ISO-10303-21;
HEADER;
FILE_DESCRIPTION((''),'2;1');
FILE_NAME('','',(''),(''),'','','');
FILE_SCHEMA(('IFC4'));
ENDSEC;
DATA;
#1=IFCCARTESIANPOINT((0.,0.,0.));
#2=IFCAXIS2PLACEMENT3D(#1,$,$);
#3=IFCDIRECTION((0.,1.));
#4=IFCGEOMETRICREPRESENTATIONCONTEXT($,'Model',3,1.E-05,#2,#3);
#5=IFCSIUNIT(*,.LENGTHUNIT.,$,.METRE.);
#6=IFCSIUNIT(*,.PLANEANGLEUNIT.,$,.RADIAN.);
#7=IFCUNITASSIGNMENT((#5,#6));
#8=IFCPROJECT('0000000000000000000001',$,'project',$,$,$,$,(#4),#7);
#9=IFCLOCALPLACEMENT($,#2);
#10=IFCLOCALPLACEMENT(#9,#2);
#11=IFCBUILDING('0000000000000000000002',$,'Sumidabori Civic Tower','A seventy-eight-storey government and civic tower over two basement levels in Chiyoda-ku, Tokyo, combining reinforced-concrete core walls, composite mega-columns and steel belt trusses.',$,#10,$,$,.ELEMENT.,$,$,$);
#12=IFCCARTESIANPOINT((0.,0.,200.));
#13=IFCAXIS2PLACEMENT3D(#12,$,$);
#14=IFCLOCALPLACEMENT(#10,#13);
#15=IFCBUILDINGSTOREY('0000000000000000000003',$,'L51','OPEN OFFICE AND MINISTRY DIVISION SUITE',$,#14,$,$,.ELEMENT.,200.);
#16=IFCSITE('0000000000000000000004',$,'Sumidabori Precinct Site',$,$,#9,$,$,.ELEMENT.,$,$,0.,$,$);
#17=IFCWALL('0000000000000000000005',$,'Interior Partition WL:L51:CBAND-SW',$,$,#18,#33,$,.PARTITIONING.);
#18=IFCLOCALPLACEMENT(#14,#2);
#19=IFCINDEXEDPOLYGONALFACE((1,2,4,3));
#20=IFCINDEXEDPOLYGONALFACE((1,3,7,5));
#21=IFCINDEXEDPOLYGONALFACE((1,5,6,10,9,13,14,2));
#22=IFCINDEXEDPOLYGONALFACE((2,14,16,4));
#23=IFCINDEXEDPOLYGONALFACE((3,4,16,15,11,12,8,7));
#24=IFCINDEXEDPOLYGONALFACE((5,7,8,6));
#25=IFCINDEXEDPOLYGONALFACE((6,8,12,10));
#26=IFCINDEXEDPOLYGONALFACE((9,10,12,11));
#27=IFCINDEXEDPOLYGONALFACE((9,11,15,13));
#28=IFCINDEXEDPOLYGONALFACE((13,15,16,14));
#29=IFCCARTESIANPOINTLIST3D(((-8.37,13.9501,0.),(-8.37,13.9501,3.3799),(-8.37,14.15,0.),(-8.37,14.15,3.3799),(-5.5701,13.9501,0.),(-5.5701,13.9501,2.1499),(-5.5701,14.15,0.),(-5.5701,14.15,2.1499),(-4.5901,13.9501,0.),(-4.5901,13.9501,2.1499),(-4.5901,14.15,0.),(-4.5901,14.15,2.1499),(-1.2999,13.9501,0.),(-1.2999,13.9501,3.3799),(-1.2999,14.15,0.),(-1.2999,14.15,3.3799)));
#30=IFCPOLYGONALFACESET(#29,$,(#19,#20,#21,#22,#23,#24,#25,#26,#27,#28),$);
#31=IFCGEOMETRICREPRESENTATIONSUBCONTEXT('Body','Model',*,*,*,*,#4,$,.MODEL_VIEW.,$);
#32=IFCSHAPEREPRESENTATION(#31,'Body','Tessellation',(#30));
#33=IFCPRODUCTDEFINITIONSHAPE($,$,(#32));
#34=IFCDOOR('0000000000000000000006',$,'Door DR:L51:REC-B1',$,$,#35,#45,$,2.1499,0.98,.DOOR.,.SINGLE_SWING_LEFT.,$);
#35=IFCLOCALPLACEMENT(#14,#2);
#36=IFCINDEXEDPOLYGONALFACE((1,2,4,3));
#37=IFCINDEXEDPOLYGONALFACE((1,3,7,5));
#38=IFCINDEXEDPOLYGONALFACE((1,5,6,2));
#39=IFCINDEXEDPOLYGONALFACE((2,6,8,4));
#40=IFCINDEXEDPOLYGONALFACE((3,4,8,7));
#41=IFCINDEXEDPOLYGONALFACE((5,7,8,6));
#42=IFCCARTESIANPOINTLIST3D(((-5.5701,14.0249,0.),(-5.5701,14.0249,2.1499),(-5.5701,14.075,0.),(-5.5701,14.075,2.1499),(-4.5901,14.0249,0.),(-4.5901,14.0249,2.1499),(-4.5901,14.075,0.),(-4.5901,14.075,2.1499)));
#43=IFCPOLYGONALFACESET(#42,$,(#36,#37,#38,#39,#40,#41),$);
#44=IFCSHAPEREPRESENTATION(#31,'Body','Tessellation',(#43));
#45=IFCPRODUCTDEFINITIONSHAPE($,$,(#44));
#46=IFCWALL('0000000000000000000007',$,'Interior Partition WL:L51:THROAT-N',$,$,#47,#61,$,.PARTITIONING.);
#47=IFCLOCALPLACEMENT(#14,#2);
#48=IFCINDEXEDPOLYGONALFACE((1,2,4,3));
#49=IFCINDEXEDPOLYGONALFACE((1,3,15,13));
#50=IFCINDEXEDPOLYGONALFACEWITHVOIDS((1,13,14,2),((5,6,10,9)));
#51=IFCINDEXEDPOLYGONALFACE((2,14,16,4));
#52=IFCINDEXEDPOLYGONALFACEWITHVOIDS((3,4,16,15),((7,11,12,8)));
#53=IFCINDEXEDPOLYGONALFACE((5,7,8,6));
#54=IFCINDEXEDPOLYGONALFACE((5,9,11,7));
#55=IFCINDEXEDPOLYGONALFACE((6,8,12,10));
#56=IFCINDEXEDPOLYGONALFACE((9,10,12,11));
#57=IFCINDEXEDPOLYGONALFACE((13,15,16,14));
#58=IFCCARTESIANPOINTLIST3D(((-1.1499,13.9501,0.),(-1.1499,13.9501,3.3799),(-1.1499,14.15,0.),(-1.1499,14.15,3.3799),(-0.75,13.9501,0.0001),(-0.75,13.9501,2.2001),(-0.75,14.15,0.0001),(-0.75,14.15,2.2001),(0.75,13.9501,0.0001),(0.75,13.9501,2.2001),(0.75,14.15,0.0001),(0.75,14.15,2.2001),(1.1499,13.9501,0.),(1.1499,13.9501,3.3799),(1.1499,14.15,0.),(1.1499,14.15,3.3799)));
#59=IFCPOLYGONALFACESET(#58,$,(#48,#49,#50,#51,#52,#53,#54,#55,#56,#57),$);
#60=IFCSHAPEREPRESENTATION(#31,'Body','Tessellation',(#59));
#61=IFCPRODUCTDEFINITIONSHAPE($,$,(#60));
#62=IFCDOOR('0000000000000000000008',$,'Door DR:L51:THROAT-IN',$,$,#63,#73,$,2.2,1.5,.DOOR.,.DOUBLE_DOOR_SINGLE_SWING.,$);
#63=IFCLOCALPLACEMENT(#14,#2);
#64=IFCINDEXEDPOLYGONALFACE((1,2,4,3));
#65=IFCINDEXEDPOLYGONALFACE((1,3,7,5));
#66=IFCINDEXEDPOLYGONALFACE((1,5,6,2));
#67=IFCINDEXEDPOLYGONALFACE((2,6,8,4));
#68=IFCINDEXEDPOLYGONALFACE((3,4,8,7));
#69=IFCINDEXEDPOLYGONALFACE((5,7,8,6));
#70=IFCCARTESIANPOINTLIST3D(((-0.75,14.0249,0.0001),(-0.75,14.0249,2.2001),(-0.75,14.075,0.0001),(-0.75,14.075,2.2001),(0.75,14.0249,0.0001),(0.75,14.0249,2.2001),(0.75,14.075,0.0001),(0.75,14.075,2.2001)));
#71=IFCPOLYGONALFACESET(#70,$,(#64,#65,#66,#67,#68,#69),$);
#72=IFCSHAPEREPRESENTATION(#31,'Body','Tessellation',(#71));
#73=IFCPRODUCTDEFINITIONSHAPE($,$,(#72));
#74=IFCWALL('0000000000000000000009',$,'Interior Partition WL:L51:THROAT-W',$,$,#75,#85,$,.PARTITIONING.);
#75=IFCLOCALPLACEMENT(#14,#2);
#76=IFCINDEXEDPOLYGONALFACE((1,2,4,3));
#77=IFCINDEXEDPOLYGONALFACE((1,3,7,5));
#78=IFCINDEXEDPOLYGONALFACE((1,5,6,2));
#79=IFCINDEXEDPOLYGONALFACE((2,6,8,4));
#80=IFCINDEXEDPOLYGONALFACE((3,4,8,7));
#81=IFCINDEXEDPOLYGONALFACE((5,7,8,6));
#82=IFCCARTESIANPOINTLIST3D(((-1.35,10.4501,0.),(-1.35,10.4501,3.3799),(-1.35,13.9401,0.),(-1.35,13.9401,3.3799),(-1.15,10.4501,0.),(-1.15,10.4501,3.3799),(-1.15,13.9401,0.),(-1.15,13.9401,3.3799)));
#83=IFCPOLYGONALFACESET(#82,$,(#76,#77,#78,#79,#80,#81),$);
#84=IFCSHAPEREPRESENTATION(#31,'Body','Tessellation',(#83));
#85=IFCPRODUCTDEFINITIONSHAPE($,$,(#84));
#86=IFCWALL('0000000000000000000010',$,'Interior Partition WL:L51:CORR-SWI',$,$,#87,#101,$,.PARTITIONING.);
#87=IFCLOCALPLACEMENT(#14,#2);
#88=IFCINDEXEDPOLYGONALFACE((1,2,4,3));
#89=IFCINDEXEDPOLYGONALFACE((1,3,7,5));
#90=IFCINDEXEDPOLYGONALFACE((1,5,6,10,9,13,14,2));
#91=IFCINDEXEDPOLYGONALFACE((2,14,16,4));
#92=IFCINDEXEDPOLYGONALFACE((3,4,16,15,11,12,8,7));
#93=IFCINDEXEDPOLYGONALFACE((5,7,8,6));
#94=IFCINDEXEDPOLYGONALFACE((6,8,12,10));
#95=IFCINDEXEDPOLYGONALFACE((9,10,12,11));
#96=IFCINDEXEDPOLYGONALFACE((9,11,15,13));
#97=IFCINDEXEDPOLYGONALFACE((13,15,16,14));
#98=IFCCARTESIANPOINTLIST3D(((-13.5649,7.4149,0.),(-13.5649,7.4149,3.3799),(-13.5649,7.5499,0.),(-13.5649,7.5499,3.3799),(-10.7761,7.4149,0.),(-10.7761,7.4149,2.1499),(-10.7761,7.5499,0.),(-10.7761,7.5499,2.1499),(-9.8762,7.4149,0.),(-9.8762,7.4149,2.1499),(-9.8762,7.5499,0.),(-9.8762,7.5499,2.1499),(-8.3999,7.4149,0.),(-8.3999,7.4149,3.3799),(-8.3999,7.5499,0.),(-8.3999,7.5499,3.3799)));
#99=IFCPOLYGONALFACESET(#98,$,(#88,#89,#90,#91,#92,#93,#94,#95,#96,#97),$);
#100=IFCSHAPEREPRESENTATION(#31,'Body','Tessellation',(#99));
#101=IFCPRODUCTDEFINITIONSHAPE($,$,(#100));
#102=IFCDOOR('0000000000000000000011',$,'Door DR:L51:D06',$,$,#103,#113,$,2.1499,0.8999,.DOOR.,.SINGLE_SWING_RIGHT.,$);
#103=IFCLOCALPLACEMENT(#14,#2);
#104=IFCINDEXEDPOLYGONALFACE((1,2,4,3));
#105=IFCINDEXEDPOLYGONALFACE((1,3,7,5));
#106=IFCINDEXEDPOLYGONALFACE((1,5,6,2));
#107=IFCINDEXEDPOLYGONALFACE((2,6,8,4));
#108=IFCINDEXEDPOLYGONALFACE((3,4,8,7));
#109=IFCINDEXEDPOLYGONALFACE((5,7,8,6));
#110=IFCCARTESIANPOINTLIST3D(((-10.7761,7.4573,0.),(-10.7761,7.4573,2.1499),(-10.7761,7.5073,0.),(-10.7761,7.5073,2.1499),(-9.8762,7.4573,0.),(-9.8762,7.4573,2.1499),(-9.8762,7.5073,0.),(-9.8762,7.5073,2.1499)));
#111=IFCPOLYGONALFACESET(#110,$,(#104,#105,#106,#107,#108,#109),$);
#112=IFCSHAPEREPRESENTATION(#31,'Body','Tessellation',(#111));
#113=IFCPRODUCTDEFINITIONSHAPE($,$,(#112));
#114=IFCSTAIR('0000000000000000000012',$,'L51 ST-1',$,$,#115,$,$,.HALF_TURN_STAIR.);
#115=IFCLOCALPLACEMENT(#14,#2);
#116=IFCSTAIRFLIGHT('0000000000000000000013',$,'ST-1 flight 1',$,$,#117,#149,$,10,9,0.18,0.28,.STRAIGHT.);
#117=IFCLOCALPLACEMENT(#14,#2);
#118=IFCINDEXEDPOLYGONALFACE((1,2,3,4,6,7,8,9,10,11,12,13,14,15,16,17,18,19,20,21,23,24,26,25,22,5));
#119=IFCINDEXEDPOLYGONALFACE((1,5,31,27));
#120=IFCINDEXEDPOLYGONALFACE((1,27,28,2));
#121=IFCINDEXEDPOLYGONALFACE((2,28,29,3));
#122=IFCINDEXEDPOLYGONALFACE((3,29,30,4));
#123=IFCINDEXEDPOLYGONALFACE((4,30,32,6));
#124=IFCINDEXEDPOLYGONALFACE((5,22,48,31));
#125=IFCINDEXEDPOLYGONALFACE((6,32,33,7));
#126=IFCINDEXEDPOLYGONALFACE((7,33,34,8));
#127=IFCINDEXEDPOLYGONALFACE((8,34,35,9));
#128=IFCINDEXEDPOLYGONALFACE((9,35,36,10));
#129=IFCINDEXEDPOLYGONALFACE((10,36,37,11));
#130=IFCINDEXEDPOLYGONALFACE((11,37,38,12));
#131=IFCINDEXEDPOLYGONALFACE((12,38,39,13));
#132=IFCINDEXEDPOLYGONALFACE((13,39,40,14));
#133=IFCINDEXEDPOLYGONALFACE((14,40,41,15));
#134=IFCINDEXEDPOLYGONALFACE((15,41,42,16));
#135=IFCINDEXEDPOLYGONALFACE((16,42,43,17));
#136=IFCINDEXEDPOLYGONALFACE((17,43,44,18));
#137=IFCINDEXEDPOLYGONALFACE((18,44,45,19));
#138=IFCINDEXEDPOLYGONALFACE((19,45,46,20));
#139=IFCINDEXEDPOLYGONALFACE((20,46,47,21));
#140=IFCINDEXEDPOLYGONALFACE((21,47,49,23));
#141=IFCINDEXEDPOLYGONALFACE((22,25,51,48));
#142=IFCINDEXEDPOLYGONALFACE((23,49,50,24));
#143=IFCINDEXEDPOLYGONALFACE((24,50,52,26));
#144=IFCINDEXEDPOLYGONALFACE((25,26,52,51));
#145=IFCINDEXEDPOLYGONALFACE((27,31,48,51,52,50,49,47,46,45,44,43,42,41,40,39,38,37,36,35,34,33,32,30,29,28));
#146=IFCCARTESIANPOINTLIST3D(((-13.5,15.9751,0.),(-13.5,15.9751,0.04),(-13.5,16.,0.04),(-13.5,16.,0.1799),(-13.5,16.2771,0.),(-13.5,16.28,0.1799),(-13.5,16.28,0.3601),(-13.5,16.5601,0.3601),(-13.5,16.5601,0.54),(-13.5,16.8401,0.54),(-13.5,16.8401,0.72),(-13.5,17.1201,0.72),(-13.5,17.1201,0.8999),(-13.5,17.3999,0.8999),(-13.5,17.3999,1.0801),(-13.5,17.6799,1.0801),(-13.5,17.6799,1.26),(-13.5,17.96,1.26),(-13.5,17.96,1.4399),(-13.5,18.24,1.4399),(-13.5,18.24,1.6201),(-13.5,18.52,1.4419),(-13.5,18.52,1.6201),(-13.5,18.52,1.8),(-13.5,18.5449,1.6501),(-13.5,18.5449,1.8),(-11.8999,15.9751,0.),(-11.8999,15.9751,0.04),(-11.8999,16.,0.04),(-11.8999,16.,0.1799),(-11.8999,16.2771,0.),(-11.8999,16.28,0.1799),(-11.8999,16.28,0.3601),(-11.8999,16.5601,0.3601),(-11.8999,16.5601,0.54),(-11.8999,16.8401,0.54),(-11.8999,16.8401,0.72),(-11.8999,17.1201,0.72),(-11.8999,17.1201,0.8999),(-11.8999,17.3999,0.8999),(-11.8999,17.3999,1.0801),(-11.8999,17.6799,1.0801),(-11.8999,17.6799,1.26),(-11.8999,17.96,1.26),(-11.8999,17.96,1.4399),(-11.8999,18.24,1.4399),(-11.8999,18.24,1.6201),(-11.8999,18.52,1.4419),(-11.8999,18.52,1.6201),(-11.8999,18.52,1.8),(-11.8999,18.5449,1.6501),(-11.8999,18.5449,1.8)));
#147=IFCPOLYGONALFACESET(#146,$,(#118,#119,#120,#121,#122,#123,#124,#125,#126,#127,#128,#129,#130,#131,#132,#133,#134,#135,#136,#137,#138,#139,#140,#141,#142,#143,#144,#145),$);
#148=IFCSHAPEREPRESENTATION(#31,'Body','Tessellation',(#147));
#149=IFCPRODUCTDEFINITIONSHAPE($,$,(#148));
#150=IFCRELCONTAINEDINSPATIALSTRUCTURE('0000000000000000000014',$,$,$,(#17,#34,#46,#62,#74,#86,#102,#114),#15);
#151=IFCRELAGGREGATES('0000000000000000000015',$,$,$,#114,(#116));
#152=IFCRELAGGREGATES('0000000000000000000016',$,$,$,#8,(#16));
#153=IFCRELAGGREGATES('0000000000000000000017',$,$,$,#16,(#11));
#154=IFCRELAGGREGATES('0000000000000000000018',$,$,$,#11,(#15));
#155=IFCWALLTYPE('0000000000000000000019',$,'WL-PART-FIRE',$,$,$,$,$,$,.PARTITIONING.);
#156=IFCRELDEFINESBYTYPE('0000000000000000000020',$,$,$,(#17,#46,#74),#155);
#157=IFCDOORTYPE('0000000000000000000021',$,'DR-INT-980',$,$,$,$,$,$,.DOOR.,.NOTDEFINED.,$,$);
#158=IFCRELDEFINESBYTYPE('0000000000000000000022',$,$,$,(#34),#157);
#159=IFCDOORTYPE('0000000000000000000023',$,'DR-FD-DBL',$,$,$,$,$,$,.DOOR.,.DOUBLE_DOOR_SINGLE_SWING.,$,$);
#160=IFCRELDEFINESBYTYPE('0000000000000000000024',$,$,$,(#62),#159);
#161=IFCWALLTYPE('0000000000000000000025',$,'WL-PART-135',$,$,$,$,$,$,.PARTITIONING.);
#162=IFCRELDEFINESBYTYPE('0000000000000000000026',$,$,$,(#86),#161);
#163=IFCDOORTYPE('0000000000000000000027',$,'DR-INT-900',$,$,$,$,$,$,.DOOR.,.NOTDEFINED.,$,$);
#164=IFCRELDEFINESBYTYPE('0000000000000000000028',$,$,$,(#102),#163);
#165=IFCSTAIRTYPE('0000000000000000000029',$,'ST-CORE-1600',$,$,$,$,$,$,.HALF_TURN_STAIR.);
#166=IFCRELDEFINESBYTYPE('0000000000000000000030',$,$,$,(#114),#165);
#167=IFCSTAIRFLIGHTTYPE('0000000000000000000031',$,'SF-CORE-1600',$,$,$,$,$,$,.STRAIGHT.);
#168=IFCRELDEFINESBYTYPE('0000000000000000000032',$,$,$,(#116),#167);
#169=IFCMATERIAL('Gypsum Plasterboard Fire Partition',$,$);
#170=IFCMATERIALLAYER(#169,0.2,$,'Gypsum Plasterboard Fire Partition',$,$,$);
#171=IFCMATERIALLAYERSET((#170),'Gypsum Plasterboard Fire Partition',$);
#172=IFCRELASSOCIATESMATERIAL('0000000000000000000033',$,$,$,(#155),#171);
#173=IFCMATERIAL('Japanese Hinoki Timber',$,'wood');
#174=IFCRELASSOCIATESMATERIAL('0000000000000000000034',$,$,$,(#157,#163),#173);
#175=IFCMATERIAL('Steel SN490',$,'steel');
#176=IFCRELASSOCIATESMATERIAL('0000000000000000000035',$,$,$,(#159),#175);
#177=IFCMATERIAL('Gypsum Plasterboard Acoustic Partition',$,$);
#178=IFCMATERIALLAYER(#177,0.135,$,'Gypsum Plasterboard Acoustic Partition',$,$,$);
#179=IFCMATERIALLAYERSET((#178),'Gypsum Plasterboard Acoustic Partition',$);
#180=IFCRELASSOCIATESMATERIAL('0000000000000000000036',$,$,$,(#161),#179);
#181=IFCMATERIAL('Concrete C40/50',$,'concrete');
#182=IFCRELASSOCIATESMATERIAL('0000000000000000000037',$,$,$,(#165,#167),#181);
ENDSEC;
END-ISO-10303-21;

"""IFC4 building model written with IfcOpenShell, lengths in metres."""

from ifc_helpers import new_model, si_unit, direction, frame, frame_2d, origin, place, context, subcontext, project, spatial, polyline, rectangle, outline, extrude, source, transform, mapped, material, layer, layer_set, type_object, element, fill, aggregate, save


model = new_model("IFC4")

# Units and contexts
model_context = context("Model", 3, precision=1e-05, world=origin(), true_north=direction((0.0, 1.0)))
body_context = subcontext(model_context, "Body", "Model", "MODEL_VIEW")
ifc_project = project(units=[si_unit("LENGTHUNIT", "METRE"), si_unit("PLANEANGLEUNIT", "RADIAN")], contexts=[model_context])

# Site, building, storey
site_placement = place(None, origin())
site = spatial("IfcSite", under=ifc_project, at=site_placement, Name="Sumidabori Precinct Site", CompositionType="ELEMENT", RefElevation=0.0)
building_placement = place(site_placement, origin())
building = spatial("IfcBuilding", under=site, at=building_placement, Name="Sumidabori Civic Tower", Description="A seventy-eight-storey government and civic tower over two basement levels in Chiyoda-ku, Tokyo, combining reinforced-concrete core walls, composite mega-columns and steel belt trusses.", CompositionType="ELEMENT")
storey_placement = place(building_placement, frame((0.0, 0.0, 200.0)))
storey = spatial("IfcBuildingStorey", under=building, at=storey_placement, Name="L51", Description="OPEN OFFICE AND MINISTRY DIVISION SUITE", CompositionType="ELEMENT", Elevation=200.0)

# Walls, openings, doors
ifc_material_1 = material(Name="Gypsum Plasterboard Fire Partition")
ifc_layer_1 = layer(ifc_material_1, 0.2, Name="Gypsum Plasterboard Fire Partition")
ifc_layer_set_1 = layer_set([ifc_layer_1], Name="Gypsum Plasterboard Fire Partition")
wall_type_1 = type_object("IfcWallType", Name="WL-PART-FIRE", PredefinedType="PARTITIONING", material=ifc_layer_set_1)
shared_shape_1 = source(origin(), body_context, "Body", "SweptSolid", [
    extrude(rectangle(XDim=7.0701, YDim=0.2, at=frame_2d((3.5352, 0.0))), origin(), (0.0, 0.0, 1.0), 3.3799),
])
wall_1_placement = place(storey_placement, frame((-8.3701, 14.05, 0.0), z_axis=(0.0, 0.0, 1.0), x_axis=(1.0, 0.0, 0.0)))
wall_1 = element("IfcWall", 1, at=wall_1_placement, inside=storey, type_object=wall_type_1, Name="Interior Partition WL:L51:CBAND-SW", PredefinedType="PARTITIONING", context=body_context, shape_type="MappedRepresentation", body=[
    mapped(shared_shape_1, transform((0.0, 0.0, 0.0), x_axis=(1.0, 0.0, 0.0), y_axis=(0.0, 1.0, 0.0), z_axis=(0.0, 0.0, 1.0), scale=1.0)),
])
opening_1_placement = place(wall_1_placement, frame((2.8, 0.0, 0.0)))
opening_1 = element("IfcOpeningElement", 2, at=opening_1_placement, cuts=wall_1, PredefinedType="OPENING", context=body_context, shape_type="SweptSolid", body=[
    extrude(rectangle(XDim=0.98, YDim=2.1499, at=frame_2d((0.49, 1.075))), frame((0.0, 0.1118, 0.0), z_axis=(0.0, -1.0, 0.0), x_axis=(1.0, 0.0, 0.0)), (0.0, 0.0, 1.0), 0.2239),
])
ifc_material_2 = material(Name="Japanese Hinoki Timber", Category="wood")
door_type_1 = type_object("IfcDoorType", Name="DR-INT-980", OperationType="NOTDEFINED", PredefinedType="DOOR", material=ifc_material_2)
shared_shape_2 = source(origin(), body_context, "Body", "SweptSolid", [
    extrude(rectangle(XDim=0.98, YDim=2.1499, at=frame_2d((0.49, 1.075))), frame((0.0, 0.0249, 0.0), z_axis=(0.0, -1.0, 0.0), x_axis=(1.0, 0.0, 0.0)), (0.0, 0.0, 1.0), 0.05),
])
door_1_placement = place(opening_1_placement, origin())
door_1 = element("IfcDoor", 3, at=door_1_placement, inside=storey, type_object=door_type_1, Name="Door DR:L51:REC-B1", OperationType="SINGLE_SWING_LEFT", OverallHeight=2.1499, OverallWidth=0.98, PredefinedType="DOOR", context=body_context, shape_type="MappedRepresentation", body=[
    mapped(shared_shape_2, transform((0.0, 0.0, 0.0), x_axis=(1.0, 0.0, 0.0), y_axis=(0.0, 1.0, 0.0), z_axis=(0.0, 0.0, 1.0), scale=1.0)),
])
fill(opening_1, door_1)
shared_shape_3 = source(origin(), body_context, "Body", "SweptSolid", [
    extrude(rectangle(XDim=2.2998, YDim=0.2, at=frame_2d((1.1499, 0.0))), origin(), (0.0, 0.0, 1.0), 3.3799),
])
wall_2_placement = place(storey_placement, frame((-1.1499, 14.05, 0.0), z_axis=(0.0, 0.0, 1.0), x_axis=(1.0, 0.0, 0.0)))
wall_2 = element("IfcWall", 4, at=wall_2_placement, inside=storey, type_object=wall_type_1, Name="Interior Partition WL:L51:THROAT-N", PredefinedType="PARTITIONING", context=body_context, shape_type="MappedRepresentation", body=[
    mapped(shared_shape_3, transform((0.0, 0.0, 0.0), x_axis=(1.0, 0.0, 0.0), y_axis=(0.0, 1.0, 0.0), z_axis=(0.0, 0.0, 1.0), scale=1.0)),
])
opening_2_placement = place(wall_2_placement, frame((0.3999, 0.0, 0.0)))
opening_2 = element("IfcOpeningElement", 5, at=opening_2_placement, cuts=wall_2, PredefinedType="OPENING", context=body_context, shape_type="SweptSolid", body=[
    extrude(rectangle(XDim=1.5, YDim=2.2, at=frame_2d((0.75, 1.1001))), frame((0.0, 0.1118, 0.0), z_axis=(0.0, -1.0, 0.0), x_axis=(1.0, 0.0, 0.0)), (0.0, 0.0, 1.0), 0.2239),
])
ifc_material_3 = material(Name="Steel SN490", Category="steel")
door_type_2 = type_object("IfcDoorType", Name="DR-FD-DBL", OperationType="DOUBLE_DOOR_SINGLE_SWING", PredefinedType="DOOR", material=ifc_material_3)
shared_shape_4 = source(origin(), body_context, "Body", "SweptSolid", [
    extrude(rectangle(XDim=1.5, YDim=2.2, at=frame_2d((0.75, 1.1001))), frame((0.0, 0.0249, 0.0), z_axis=(0.0, -1.0, 0.0), x_axis=(1.0, 0.0, 0.0)), (0.0, 0.0, 1.0), 0.05),
])
door_2_placement = place(opening_2_placement, origin())
door_2 = element("IfcDoor", 6, at=door_2_placement, inside=storey, type_object=door_type_2, Name="Door DR:L51:THROAT-IN", OperationType="DOUBLE_DOOR_SINGLE_SWING", OverallHeight=2.2, OverallWidth=1.5, PredefinedType="DOOR", context=body_context, shape_type="MappedRepresentation", body=[
    mapped(shared_shape_4, transform((0.0, 0.0, 0.0), x_axis=(1.0, 0.0, 0.0), y_axis=(0.0, 1.0, 0.0), z_axis=(0.0, 0.0, 1.0), scale=1.0)),
])
fill(opening_2, door_2)

# Wall
shared_shape_5 = source(origin(), body_context, "Body", "SweptSolid", [
    extrude(rectangle(XDim=3.49, YDim=0.2, at=frame_2d((1.7451, 0.0))), origin(), (0.0, 0.0, 1.0), 3.3799),
])
wall_3_placement = place(storey_placement, frame((-1.25, 10.45, 0.0), z_axis=(0.0, 0.0, 1.0), x_axis=(0.0, 1.0, 0.0)))
element("IfcWall", 7, at=wall_3_placement, inside=storey, type_object=wall_type_1, Name="Interior Partition WL:L51:THROAT-W", PredefinedType="PARTITIONING", context=body_context, shape_type="MappedRepresentation", body=[
    mapped(shared_shape_5, transform((0.0, 0.0, 0.0), x_axis=(1.0, 0.0, 0.0), y_axis=(0.0, 1.0, 0.0), z_axis=(0.0, 0.0, 1.0), scale=1.0)),
])

# Wall, opening, door
ifc_material_4 = material(Name="Gypsum Plasterboard Acoustic Partition")
ifc_layer_2 = layer(ifc_material_4, 0.135, Name="Gypsum Plasterboard Acoustic Partition")
ifc_layer_set_2 = layer_set([ifc_layer_2], Name="Gypsum Plasterboard Acoustic Partition")
wall_type_2 = type_object("IfcWallType", Name="WL-PART-135", PredefinedType="PARTITIONING", material=ifc_layer_set_2)
shared_shape_6 = source(origin(), body_context, "Body", "SweptSolid", [
    extrude(rectangle(XDim=5.165, YDim=0.135, at=frame_2d((2.5825, 0.0))), origin(), (0.0, 0.0, 1.0), 3.3799),
])
wall_4_placement = place(storey_placement, frame((-13.5649, 7.4824, 0.0), z_axis=(0.0, 0.0, 1.0), x_axis=(1.0, 0.0, 0.0)))
wall_4 = element("IfcWall", 8, at=wall_4_placement, inside=storey, type_object=wall_type_2, Name="Interior Partition WL:L51:CORR-SWI", PredefinedType="PARTITIONING", context=body_context, shape_type="MappedRepresentation", body=[
    mapped(shared_shape_6, transform((0.0, 0.0, 0.0), x_axis=(1.0, 0.0, 0.0), y_axis=(0.0, 1.0, 0.0), z_axis=(0.0, 0.0, 1.0), scale=1.0)),
])
opening_3_placement = place(wall_4_placement, frame((2.7888, 0.0, 0.0)))
opening_3 = element("IfcOpeningElement", 9, at=opening_3_placement, cuts=wall_4, PredefinedType="OPENING", context=body_context, shape_type="SweptSolid", body=[
    extrude(rectangle(XDim=0.8999, YDim=2.1499, at=frame_2d((0.45, 1.075))), frame((0.0, 0.0796, 0.0), z_axis=(0.0, -1.0, 0.0), x_axis=(1.0, 0.0, 0.0)), (0.0, 0.0, 1.0), 0.1589),
])
door_type_3 = type_object("IfcDoorType", Name="DR-INT-900", OperationType="NOTDEFINED", PredefinedType="DOOR", material=ifc_material_2)
shared_shape_7 = source(origin(), body_context, "Body", "SweptSolid", [
    extrude(rectangle(XDim=0.8999, YDim=2.1499, at=frame_2d((0.45, 1.075))), frame((0.0, 0.0249, 0.0), z_axis=(0.0, -1.0, 0.0), x_axis=(1.0, 0.0, 0.0)), (0.0, 0.0, 1.0), 0.05),
])
door_3_placement = place(opening_3_placement, origin())
door_3 = element("IfcDoor", 10, at=door_3_placement, inside=storey, type_object=door_type_3, Name="Door DR:L51:D06", OperationType="SINGLE_SWING_RIGHT", OverallHeight=2.1499, OverallWidth=0.8999, PredefinedType="DOOR", context=body_context, shape_type="MappedRepresentation", body=[
    mapped(shared_shape_7, transform((0.0, 0.0, 0.0), x_axis=(1.0, 0.0, 0.0), y_axis=(0.0, 1.0, 0.0), z_axis=(0.0, 0.0, 1.0), scale=1.0)),
])
fill(opening_3, door_3)

# Stair, stair flight
ifc_material_5 = material(Name="Concrete C40/50", Category="concrete")
stair_type = type_object("IfcStairType", Name="ST-CORE-1600", PredefinedType="HALF_TURN_STAIR", material=ifc_material_5)
stair_placement = place(storey_placement, origin())
stair = element("IfcStair", 11, at=stair_placement, inside=storey, type_object=stair_type, Name="L51 ST-1", PredefinedType="HALF_TURN_STAIR")
stair_flight_type = type_object("IfcStairFlightType", Name="SF-CORE-1600", PredefinedType="STRAIGHT", material=ifc_material_5)
shared_shape_8 = source(origin(), body_context, "Body", "SweptSolid", [
    extrude(outline(polyline([(-0.0249, 0.0), (-0.0249, 0.04), (0.0, 0.04), (0.0, 0.1799), (0.28, 0.1799), (0.28, 0.3601), (0.5601, 0.3601), (0.5601, 0.54), (0.8401, 0.54), (0.8401, 0.72), (1.1201, 0.72), (1.1201, 0.8999), (1.3999, 0.8999), (1.3999, 1.0801), (1.6799, 1.0801), (1.6799, 1.26), (1.96, 1.26), (1.96, 1.4399), (2.24, 1.4399), (2.24, 1.6201), (2.52, 1.6201), (2.52, 1.8), (2.5449, 1.8), (2.5449, 1.6501), (2.52, 1.4419), (0.2771, 0.0), (-0.0249, 0.0)])), frame((0.0, 0.8, 0.0), z_axis=(0.0, -1.0, 0.0), x_axis=(1.0, 0.0, 0.0)), (0.0, 0.0, 1.0), 1.6001),
])
stair_flight_placement = place(storey_placement, frame((-12.7, 16.0, 0.0), z_axis=(0.0, 0.0, 1.0), x_axis=(0.0, 1.0, 0.0)))
stair_flight = element("IfcStairFlight", 12, at=stair_flight_placement, type_object=stair_flight_type, Name="ST-1 flight 1", NumberOfRisers=10, NumberOfTreads=9, PredefinedType="STRAIGHT", RiserHeight=0.18, TreadLength=0.28, context=body_context, shape_type="MappedRepresentation", body=[
    mapped(shared_shape_8, transform((0.0, 0.0, 0.0), x_axis=(1.0, 0.0, 0.0), y_axis=(0.0, 1.0, 0.0), z_axis=(0.0, 0.0, 1.0), scale=1.0)),
])
aggregate(stair, [stair_flight])

save(model, "model.ifc")
